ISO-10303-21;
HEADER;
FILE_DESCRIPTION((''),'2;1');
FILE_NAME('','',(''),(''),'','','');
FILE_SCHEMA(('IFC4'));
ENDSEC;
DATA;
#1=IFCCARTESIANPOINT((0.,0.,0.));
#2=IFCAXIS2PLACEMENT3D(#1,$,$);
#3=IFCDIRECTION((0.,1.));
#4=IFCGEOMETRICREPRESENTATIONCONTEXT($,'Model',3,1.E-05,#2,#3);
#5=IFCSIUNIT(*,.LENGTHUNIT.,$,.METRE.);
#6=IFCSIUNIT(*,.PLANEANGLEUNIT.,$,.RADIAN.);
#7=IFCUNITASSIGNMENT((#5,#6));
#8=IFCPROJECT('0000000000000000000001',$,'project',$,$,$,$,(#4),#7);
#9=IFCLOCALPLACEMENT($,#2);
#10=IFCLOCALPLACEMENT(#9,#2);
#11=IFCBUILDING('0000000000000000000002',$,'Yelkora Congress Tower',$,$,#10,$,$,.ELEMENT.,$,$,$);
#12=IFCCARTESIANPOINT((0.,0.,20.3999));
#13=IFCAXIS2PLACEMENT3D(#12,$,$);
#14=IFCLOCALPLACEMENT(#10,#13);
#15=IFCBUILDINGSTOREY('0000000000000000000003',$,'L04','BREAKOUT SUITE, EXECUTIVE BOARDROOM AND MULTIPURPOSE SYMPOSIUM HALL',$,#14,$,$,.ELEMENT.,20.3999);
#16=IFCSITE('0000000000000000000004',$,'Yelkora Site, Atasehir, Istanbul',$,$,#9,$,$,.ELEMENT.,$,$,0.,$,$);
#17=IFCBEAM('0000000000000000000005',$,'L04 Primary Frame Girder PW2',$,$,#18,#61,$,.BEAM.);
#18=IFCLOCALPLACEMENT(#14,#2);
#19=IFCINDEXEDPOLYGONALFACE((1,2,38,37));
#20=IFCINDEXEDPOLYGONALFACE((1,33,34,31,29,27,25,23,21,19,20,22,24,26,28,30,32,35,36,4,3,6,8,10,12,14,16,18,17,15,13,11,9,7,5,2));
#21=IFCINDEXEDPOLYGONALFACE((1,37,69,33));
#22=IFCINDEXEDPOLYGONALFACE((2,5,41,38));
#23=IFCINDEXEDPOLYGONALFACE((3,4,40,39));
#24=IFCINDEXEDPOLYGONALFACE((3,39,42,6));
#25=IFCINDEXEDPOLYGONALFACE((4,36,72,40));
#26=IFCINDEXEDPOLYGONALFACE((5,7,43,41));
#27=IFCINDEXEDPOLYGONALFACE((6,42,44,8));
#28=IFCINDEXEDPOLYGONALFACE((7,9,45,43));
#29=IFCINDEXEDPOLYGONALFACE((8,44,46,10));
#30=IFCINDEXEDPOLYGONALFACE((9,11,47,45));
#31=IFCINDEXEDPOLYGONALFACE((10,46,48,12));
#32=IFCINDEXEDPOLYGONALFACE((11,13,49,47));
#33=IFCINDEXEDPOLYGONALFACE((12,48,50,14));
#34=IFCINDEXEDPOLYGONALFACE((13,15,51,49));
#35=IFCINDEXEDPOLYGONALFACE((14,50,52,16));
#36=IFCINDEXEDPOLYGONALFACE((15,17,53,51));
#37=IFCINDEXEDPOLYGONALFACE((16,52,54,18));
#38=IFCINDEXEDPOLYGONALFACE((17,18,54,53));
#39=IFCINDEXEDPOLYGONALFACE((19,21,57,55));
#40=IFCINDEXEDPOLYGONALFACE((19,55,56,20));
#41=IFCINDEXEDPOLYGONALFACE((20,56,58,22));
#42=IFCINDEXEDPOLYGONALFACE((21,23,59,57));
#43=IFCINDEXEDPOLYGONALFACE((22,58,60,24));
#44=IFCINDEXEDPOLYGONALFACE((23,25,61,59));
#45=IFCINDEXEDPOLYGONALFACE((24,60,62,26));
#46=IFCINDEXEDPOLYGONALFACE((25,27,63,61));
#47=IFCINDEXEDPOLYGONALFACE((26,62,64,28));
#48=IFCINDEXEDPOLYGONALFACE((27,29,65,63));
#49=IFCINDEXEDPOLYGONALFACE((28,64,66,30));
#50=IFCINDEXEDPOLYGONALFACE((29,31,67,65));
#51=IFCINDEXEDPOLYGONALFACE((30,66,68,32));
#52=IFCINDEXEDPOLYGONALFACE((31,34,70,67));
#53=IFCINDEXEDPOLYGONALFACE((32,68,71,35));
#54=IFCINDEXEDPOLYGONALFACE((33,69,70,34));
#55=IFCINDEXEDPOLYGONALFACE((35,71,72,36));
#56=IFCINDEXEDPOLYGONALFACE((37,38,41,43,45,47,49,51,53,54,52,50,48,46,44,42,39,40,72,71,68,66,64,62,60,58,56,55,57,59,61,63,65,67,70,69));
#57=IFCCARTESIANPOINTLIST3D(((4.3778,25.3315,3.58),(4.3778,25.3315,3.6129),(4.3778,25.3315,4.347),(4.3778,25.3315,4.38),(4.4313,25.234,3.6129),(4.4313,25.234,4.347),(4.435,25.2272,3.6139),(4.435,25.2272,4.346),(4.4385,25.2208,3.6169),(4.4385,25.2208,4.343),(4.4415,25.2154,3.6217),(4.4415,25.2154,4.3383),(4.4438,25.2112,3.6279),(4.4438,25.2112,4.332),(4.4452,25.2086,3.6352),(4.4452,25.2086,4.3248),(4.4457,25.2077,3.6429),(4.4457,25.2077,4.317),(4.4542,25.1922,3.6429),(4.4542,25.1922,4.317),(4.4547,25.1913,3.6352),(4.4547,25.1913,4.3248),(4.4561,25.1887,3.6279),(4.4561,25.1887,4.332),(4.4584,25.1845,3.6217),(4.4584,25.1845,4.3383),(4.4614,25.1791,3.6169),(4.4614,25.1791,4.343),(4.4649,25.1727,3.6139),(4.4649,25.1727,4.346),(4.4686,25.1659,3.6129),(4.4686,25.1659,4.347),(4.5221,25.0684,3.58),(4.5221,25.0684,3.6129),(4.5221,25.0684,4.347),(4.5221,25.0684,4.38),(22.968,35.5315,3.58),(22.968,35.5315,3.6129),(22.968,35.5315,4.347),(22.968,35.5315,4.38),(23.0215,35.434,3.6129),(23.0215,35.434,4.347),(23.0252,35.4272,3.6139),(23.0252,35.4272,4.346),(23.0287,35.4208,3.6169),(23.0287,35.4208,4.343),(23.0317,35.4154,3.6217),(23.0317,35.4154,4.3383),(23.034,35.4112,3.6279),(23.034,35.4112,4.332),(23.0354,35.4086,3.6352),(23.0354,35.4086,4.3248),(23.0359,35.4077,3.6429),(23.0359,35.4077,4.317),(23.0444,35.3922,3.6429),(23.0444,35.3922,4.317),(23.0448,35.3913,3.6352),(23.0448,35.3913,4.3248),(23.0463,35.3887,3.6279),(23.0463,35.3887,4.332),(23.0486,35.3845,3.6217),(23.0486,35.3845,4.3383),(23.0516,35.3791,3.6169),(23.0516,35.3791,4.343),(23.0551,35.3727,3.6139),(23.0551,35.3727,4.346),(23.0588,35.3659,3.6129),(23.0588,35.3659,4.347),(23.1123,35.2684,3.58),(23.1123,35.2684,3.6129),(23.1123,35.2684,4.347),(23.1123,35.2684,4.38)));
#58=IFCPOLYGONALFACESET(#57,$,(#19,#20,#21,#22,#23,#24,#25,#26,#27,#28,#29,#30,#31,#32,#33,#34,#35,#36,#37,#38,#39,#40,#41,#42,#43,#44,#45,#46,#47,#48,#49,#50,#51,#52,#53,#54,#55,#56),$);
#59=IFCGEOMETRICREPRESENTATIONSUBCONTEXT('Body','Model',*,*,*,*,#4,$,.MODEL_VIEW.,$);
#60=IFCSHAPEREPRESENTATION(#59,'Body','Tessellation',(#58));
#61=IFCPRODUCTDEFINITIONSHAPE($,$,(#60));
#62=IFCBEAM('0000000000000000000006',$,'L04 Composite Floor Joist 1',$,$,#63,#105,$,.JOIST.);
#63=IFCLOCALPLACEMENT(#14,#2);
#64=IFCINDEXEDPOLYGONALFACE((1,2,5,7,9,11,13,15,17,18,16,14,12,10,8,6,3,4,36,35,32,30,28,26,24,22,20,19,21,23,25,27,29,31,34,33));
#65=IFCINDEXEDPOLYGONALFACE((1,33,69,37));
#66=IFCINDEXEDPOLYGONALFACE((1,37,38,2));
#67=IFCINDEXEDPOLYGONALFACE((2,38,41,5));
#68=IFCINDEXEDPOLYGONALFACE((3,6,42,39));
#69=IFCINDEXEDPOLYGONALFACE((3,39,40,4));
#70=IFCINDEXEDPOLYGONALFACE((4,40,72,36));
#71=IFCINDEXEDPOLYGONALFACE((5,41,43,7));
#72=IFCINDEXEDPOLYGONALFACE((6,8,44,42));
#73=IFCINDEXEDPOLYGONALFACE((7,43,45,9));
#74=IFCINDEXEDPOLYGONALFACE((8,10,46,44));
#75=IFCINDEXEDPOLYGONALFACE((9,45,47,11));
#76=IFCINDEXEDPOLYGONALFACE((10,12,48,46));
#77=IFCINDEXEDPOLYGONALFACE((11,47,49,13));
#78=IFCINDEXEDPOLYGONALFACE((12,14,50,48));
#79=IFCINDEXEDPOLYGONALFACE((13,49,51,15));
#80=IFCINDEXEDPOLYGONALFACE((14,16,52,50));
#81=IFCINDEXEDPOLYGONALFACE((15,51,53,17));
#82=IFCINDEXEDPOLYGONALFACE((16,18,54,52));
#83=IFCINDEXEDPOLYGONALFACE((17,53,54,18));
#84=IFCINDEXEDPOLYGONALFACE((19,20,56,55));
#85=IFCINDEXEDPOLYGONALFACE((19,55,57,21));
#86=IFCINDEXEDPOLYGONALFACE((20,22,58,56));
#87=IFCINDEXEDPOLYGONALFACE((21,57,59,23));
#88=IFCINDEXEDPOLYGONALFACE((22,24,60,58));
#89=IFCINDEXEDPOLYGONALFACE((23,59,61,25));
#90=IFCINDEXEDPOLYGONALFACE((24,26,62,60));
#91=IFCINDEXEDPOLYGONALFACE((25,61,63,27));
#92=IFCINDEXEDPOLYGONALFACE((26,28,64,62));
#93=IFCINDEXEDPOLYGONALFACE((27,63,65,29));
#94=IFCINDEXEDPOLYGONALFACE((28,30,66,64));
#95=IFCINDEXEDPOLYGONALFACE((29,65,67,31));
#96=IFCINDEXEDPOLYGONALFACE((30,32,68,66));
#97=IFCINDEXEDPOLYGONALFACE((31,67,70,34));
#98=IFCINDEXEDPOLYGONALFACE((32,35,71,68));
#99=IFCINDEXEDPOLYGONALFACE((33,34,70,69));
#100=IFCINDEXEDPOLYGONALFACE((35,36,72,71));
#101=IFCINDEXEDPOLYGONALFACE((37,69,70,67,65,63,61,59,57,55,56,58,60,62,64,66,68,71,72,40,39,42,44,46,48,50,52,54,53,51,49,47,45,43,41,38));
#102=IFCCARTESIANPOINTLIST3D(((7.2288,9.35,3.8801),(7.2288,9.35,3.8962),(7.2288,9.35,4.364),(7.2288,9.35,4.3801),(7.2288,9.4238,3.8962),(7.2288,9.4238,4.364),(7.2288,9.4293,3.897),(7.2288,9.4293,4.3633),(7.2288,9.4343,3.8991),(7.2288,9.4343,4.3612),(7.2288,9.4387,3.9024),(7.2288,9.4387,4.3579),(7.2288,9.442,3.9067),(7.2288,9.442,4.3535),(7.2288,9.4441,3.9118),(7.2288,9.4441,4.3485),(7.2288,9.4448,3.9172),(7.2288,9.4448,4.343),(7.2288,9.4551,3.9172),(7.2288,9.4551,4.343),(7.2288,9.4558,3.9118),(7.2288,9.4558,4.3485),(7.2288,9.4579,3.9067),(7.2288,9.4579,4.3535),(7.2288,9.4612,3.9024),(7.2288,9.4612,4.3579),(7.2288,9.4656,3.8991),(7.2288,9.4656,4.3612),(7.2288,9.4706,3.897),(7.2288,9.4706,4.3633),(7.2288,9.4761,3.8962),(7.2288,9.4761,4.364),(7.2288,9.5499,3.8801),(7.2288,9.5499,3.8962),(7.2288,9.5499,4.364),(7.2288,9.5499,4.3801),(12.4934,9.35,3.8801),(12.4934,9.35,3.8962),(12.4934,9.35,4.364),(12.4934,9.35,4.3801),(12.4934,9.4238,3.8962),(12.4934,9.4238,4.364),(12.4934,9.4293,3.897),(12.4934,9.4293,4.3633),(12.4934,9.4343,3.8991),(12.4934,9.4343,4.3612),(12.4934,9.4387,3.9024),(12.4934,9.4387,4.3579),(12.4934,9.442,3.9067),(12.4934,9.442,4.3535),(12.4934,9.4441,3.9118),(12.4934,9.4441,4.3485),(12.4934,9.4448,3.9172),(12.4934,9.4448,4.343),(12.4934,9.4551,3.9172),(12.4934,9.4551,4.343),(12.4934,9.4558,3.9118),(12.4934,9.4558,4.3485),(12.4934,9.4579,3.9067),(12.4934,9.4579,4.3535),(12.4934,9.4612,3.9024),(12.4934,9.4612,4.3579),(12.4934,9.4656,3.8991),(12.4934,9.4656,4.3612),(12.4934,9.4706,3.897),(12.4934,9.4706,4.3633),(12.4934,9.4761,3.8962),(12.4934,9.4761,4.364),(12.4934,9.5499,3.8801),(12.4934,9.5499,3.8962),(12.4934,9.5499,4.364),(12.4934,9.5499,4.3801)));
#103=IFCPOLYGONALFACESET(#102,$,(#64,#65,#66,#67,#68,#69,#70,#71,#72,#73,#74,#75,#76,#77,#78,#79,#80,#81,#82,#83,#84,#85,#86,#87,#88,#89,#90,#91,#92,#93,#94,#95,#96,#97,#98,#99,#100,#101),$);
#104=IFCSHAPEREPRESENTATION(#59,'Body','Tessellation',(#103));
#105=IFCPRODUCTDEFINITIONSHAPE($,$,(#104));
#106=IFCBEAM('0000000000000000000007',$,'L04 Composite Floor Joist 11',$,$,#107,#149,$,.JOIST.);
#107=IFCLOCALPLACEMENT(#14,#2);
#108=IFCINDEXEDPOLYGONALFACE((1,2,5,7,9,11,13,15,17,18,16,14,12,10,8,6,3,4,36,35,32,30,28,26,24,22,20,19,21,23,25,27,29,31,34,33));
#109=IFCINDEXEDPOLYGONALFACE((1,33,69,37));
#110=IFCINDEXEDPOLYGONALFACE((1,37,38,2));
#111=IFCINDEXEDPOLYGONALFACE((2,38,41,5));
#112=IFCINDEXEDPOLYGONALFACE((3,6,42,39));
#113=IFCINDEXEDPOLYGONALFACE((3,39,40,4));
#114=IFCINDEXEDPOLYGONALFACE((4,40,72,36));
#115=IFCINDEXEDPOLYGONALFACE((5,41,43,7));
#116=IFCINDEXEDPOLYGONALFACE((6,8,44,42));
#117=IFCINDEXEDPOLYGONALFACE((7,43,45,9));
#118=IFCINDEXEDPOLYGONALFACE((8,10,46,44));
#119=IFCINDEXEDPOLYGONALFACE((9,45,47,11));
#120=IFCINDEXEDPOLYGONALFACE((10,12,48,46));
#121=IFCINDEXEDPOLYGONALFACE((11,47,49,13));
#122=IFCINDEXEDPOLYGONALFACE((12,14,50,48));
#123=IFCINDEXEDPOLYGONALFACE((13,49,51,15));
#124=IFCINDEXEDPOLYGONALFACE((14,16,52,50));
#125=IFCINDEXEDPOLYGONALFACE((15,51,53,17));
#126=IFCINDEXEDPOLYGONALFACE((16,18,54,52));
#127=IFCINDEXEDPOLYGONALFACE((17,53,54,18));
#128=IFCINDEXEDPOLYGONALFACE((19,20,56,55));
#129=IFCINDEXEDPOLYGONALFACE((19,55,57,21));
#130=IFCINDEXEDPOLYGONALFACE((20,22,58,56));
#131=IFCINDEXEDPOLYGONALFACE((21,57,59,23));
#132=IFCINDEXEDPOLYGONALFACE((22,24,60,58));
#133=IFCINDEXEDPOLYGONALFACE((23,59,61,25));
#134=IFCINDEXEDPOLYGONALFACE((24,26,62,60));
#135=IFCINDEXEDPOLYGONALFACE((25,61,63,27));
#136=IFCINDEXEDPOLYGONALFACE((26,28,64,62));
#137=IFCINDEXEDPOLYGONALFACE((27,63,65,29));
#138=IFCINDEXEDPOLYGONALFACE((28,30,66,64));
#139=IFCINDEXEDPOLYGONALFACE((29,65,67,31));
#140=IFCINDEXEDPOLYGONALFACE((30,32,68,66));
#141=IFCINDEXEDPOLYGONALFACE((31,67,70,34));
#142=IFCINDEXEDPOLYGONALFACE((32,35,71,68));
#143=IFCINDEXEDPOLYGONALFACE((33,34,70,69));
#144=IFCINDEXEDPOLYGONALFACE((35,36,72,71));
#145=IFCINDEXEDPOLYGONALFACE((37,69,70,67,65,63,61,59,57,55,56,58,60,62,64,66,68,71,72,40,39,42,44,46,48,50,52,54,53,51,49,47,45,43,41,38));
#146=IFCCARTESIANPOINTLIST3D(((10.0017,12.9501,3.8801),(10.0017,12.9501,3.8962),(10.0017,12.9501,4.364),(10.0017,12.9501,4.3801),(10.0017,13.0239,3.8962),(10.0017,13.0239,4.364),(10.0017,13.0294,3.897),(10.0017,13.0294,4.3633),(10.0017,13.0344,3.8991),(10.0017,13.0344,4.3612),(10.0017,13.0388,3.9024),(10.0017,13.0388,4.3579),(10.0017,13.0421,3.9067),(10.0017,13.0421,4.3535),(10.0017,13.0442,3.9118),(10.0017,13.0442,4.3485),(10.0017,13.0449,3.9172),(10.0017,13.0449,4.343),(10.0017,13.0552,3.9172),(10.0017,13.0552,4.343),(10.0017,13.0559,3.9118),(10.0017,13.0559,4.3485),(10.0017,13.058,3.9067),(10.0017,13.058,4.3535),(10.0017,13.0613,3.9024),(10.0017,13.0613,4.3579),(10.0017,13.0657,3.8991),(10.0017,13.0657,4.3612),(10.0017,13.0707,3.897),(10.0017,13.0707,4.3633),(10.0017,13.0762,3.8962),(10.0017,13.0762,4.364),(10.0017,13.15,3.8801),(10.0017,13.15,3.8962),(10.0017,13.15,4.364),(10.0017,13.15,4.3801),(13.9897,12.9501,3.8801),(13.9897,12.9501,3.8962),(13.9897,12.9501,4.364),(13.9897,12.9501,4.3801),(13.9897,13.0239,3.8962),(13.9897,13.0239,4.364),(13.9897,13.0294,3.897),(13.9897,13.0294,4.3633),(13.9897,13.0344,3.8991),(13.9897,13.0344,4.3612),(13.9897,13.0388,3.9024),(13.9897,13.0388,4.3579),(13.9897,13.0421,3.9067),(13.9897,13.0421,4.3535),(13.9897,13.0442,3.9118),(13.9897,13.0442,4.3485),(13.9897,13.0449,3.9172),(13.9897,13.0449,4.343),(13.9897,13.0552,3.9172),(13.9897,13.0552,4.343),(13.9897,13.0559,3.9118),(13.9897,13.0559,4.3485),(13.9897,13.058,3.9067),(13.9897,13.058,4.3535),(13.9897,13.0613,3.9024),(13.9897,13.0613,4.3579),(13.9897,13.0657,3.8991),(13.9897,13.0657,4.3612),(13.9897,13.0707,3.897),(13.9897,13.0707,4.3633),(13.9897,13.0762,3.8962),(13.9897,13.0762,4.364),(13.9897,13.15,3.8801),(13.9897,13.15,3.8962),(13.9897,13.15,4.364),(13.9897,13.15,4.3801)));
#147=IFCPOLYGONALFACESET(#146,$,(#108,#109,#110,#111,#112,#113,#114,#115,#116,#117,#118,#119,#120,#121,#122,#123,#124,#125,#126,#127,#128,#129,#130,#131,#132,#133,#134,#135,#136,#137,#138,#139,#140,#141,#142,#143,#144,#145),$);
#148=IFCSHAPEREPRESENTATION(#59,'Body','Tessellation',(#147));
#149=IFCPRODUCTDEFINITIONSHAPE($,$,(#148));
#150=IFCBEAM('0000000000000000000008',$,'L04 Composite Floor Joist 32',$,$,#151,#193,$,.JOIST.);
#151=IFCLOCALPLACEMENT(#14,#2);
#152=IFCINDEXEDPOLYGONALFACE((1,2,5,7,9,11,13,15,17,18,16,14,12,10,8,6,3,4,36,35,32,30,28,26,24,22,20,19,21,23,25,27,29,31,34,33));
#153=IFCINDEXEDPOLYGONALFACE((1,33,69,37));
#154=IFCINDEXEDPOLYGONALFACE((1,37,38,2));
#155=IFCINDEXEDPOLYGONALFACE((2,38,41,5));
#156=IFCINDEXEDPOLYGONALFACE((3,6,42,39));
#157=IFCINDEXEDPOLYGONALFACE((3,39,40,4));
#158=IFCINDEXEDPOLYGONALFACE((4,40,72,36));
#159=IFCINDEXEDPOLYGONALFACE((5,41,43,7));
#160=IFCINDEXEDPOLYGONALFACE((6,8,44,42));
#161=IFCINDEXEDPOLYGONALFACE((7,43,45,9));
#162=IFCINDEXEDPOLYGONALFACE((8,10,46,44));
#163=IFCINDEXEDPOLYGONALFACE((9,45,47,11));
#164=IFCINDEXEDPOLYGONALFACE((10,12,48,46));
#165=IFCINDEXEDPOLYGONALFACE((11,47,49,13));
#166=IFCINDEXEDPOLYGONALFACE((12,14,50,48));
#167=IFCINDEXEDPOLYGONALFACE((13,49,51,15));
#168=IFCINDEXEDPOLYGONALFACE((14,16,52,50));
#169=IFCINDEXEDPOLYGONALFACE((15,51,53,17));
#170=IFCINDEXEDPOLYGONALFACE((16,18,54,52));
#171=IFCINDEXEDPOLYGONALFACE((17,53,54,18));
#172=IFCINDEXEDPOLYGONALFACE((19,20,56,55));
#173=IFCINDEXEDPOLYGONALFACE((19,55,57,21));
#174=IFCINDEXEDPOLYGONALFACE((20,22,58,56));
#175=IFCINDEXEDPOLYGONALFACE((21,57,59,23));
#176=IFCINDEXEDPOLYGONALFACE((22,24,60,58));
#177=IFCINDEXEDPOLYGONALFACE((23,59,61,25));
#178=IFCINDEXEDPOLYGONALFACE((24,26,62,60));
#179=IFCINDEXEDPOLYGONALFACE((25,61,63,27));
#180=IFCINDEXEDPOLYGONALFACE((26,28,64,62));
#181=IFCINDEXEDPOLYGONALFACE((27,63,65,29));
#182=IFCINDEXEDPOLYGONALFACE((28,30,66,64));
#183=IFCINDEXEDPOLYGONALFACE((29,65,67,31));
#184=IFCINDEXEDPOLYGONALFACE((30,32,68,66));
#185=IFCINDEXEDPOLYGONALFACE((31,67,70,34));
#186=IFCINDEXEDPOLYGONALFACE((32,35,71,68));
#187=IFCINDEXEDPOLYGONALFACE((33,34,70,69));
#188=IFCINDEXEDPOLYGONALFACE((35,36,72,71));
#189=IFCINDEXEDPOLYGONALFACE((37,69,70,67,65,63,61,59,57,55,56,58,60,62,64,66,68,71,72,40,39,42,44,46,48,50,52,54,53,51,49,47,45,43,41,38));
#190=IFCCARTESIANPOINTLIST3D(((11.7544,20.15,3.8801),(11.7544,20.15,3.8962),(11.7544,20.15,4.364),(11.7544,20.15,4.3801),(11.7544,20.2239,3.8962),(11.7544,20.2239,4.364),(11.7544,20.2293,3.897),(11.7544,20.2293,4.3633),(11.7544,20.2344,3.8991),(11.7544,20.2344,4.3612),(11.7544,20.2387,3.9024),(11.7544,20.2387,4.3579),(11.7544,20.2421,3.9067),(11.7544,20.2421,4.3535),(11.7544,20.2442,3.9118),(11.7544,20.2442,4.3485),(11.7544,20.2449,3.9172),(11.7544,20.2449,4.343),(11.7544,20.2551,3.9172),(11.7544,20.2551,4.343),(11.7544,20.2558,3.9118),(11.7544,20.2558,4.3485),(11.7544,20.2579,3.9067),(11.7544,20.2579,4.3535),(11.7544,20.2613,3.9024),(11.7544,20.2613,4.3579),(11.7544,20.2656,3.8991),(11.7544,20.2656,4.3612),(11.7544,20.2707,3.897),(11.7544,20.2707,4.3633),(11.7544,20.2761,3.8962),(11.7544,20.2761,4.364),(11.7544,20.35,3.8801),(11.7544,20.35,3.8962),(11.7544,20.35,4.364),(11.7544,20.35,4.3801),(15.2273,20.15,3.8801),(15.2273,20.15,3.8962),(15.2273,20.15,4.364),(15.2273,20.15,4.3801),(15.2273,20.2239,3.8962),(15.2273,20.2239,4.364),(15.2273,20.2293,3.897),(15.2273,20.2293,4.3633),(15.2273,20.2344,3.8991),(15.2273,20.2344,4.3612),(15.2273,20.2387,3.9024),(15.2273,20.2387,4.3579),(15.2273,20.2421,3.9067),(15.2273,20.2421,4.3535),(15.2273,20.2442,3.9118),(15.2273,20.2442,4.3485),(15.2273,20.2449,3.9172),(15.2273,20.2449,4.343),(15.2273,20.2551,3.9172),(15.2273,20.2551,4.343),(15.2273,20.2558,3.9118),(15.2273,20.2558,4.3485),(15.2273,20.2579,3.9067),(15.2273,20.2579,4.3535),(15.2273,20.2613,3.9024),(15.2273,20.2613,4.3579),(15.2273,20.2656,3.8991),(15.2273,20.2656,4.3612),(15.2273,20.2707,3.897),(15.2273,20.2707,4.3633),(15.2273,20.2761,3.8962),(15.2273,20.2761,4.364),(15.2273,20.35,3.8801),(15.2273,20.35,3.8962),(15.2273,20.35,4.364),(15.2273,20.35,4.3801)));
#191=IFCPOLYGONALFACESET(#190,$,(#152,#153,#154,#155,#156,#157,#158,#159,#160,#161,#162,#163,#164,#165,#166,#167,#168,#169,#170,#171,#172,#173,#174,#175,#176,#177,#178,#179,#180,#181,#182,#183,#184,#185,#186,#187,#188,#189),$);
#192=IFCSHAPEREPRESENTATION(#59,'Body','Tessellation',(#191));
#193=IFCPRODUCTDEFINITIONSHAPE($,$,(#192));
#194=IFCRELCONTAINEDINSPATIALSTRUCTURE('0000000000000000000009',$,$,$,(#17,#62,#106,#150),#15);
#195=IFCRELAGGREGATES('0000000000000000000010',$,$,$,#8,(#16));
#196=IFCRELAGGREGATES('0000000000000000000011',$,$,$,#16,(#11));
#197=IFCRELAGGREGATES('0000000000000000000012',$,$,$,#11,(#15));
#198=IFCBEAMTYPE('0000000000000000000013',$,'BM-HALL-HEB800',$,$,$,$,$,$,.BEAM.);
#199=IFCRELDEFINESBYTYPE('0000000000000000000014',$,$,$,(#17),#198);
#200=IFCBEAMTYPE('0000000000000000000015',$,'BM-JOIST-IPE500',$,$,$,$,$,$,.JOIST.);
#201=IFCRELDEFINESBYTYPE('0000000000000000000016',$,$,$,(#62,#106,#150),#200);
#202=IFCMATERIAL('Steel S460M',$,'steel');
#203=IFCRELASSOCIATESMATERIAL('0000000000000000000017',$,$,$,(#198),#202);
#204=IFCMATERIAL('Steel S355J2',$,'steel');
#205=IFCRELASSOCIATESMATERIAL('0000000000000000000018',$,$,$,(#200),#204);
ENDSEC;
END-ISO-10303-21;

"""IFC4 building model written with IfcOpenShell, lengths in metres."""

from ifc_helpers import new_model, si_unit, direction, frame, origin, origin_2d, place, context, subcontext, project, spatial, i_section, extrude, material, material_profile, profile_set, type_object, element, save


model = new_model("IFC4")

# Units and contexts
model_context = context("Model", 3, precision=1e-05, world=origin(), true_north=direction((0.0, 1.0)))
body_context = subcontext(model_context, "Body", "Model", "MODEL_VIEW")
ifc_project = project(units=[si_unit("LENGTHUNIT", "METRE"), si_unit("PLANEANGLEUNIT", "RADIAN")], contexts=[model_context])

# Site, building, storey
site_placement = place(None, origin())
site = spatial("IfcSite", under=ifc_project, at=site_placement, Name="Yelkora Site, Atasehir, Istanbul", CompositionType="ELEMENT", RefElevation=0.0)
building_placement = place(site_placement, origin())
building = spatial("IfcBuilding", under=site, at=building_placement, Name="Yelkora Congress Tower", CompositionType="ELEMENT")
storey_placement = place(building_placement, frame((0.0, 0.0, 20.3999)))
storey = spatial("IfcBuildingStorey", under=building, at=storey_placement, Name="L04", Description="BREAKOUT SUITE, EXECUTIVE BOARDROOM AND MULTIPURPOSE SYMPOSIUM HALL", CompositionType="ELEMENT", Elevation=20.3999)

# Beams
ifc_material_1 = material(Name="Steel S460M", Category="steel")
ifc_material_profile_1 = material_profile(ifc_material_1, i_section(OverallWidth=0.3, OverallDepth=0.8, WebThickness=0.0176, FlangeThickness=0.033, FilletRadius=0.03, at=origin_2d()), Name="HEB 800")
ifc_profile_set_1 = profile_set([ifc_material_profile_1], Name="Steel S460M")
beam_type_1 = type_object("IfcBeamType", Name="BM-HALL-HEB800", PredefinedType="BEAM", material=ifc_profile_set_1)
beam_1_placement = place(storey_placement, frame((4.45, 25.2, 3.98), z_axis=(0.876705, 0.481028, 0.0), x_axis=(-0.481028, 0.876705, 0.0)))
element("IfcBeam", 1, at=beam_1_placement, inside=storey, type_object=beam_type_1, Name="L04 Primary Frame Girder PW2", PredefinedType="BEAM", context=body_context, shape_type="SweptSolid", body=[
    extrude(i_section(OverallWidth=0.3, OverallDepth=0.8, WebThickness=0.0176, FlangeThickness=0.033, FilletRadius=0.03, at=origin_2d()), origin(), (0.0, 0.0, 1.0), 21.2046),
])
ifc_material_2 = material(Name="Steel S355J2", Category="steel")
ifc_material_profile_2 = material_profile(ifc_material_2, i_section(OverallWidth=0.2, OverallDepth=0.5, WebThickness=0.0103, FlangeThickness=0.0161, FilletRadius=0.021, at=origin_2d()), Name="IPE 500")
ifc_profile_set_2 = profile_set([ifc_material_profile_2], Name="Steel S355J2")
beam_type_2 = type_object("IfcBeamType", Name="BM-JOIST-IPE500", PredefinedType="JOIST", material=ifc_profile_set_2)
beam_2_placement = place(storey_placement, frame((7.2288, 9.45, 4.1301), z_axis=(1.0, 0.0, 0.0), x_axis=(0.0, 1.0, 0.0)))
element("IfcBeam", 2, at=beam_2_placement, inside=storey, type_object=beam_type_2, Name="L04 Composite Floor Joist 1", PredefinedType="JOIST", context=body_context, shape_type="SweptSolid", body=[
    extrude(i_section(OverallWidth=0.2, OverallDepth=0.5, WebThickness=0.0103, FlangeThickness=0.0161, FilletRadius=0.021, at=origin_2d()), origin(), (0.0, 0.0, 1.0), 5.2646),
])
beam_3_placement = place(storey_placement, frame((10.0017, 13.05, 4.1301), z_axis=(1.0, 0.0, 0.0), x_axis=(0.0, 1.0, 0.0)))
element("IfcBeam", 3, at=beam_3_placement, inside=storey, type_object=beam_type_2, Name="L04 Composite Floor Joist 11", PredefinedType="JOIST", context=body_context, shape_type="SweptSolid", body=[
    extrude(i_section(OverallWidth=0.2, OverallDepth=0.5, WebThickness=0.0103, FlangeThickness=0.0161, FilletRadius=0.021, at=origin_2d()), origin(), (0.0, 0.0, 1.0), 3.988),
])
beam_4_placement = place(storey_placement, frame((11.7544, 20.25, 4.1301), z_axis=(1.0, 0.0, 0.0), x_axis=(0.0, 1.0, 0.0)))
element("IfcBeam", 4, at=beam_4_placement, inside=storey, type_object=beam_type_2, Name="L04 Composite Floor Joist 32", PredefinedType="JOIST", context=body_context, shape_type="SweptSolid", body=[
    extrude(i_section(OverallWidth=0.2, OverallDepth=0.5, WebThickness=0.0103, FlangeThickness=0.0161, FilletRadius=0.021, at=origin_2d()), origin(), (0.0, 0.0, 1.0), 3.4729),
])

save(model, "model.ifc")
